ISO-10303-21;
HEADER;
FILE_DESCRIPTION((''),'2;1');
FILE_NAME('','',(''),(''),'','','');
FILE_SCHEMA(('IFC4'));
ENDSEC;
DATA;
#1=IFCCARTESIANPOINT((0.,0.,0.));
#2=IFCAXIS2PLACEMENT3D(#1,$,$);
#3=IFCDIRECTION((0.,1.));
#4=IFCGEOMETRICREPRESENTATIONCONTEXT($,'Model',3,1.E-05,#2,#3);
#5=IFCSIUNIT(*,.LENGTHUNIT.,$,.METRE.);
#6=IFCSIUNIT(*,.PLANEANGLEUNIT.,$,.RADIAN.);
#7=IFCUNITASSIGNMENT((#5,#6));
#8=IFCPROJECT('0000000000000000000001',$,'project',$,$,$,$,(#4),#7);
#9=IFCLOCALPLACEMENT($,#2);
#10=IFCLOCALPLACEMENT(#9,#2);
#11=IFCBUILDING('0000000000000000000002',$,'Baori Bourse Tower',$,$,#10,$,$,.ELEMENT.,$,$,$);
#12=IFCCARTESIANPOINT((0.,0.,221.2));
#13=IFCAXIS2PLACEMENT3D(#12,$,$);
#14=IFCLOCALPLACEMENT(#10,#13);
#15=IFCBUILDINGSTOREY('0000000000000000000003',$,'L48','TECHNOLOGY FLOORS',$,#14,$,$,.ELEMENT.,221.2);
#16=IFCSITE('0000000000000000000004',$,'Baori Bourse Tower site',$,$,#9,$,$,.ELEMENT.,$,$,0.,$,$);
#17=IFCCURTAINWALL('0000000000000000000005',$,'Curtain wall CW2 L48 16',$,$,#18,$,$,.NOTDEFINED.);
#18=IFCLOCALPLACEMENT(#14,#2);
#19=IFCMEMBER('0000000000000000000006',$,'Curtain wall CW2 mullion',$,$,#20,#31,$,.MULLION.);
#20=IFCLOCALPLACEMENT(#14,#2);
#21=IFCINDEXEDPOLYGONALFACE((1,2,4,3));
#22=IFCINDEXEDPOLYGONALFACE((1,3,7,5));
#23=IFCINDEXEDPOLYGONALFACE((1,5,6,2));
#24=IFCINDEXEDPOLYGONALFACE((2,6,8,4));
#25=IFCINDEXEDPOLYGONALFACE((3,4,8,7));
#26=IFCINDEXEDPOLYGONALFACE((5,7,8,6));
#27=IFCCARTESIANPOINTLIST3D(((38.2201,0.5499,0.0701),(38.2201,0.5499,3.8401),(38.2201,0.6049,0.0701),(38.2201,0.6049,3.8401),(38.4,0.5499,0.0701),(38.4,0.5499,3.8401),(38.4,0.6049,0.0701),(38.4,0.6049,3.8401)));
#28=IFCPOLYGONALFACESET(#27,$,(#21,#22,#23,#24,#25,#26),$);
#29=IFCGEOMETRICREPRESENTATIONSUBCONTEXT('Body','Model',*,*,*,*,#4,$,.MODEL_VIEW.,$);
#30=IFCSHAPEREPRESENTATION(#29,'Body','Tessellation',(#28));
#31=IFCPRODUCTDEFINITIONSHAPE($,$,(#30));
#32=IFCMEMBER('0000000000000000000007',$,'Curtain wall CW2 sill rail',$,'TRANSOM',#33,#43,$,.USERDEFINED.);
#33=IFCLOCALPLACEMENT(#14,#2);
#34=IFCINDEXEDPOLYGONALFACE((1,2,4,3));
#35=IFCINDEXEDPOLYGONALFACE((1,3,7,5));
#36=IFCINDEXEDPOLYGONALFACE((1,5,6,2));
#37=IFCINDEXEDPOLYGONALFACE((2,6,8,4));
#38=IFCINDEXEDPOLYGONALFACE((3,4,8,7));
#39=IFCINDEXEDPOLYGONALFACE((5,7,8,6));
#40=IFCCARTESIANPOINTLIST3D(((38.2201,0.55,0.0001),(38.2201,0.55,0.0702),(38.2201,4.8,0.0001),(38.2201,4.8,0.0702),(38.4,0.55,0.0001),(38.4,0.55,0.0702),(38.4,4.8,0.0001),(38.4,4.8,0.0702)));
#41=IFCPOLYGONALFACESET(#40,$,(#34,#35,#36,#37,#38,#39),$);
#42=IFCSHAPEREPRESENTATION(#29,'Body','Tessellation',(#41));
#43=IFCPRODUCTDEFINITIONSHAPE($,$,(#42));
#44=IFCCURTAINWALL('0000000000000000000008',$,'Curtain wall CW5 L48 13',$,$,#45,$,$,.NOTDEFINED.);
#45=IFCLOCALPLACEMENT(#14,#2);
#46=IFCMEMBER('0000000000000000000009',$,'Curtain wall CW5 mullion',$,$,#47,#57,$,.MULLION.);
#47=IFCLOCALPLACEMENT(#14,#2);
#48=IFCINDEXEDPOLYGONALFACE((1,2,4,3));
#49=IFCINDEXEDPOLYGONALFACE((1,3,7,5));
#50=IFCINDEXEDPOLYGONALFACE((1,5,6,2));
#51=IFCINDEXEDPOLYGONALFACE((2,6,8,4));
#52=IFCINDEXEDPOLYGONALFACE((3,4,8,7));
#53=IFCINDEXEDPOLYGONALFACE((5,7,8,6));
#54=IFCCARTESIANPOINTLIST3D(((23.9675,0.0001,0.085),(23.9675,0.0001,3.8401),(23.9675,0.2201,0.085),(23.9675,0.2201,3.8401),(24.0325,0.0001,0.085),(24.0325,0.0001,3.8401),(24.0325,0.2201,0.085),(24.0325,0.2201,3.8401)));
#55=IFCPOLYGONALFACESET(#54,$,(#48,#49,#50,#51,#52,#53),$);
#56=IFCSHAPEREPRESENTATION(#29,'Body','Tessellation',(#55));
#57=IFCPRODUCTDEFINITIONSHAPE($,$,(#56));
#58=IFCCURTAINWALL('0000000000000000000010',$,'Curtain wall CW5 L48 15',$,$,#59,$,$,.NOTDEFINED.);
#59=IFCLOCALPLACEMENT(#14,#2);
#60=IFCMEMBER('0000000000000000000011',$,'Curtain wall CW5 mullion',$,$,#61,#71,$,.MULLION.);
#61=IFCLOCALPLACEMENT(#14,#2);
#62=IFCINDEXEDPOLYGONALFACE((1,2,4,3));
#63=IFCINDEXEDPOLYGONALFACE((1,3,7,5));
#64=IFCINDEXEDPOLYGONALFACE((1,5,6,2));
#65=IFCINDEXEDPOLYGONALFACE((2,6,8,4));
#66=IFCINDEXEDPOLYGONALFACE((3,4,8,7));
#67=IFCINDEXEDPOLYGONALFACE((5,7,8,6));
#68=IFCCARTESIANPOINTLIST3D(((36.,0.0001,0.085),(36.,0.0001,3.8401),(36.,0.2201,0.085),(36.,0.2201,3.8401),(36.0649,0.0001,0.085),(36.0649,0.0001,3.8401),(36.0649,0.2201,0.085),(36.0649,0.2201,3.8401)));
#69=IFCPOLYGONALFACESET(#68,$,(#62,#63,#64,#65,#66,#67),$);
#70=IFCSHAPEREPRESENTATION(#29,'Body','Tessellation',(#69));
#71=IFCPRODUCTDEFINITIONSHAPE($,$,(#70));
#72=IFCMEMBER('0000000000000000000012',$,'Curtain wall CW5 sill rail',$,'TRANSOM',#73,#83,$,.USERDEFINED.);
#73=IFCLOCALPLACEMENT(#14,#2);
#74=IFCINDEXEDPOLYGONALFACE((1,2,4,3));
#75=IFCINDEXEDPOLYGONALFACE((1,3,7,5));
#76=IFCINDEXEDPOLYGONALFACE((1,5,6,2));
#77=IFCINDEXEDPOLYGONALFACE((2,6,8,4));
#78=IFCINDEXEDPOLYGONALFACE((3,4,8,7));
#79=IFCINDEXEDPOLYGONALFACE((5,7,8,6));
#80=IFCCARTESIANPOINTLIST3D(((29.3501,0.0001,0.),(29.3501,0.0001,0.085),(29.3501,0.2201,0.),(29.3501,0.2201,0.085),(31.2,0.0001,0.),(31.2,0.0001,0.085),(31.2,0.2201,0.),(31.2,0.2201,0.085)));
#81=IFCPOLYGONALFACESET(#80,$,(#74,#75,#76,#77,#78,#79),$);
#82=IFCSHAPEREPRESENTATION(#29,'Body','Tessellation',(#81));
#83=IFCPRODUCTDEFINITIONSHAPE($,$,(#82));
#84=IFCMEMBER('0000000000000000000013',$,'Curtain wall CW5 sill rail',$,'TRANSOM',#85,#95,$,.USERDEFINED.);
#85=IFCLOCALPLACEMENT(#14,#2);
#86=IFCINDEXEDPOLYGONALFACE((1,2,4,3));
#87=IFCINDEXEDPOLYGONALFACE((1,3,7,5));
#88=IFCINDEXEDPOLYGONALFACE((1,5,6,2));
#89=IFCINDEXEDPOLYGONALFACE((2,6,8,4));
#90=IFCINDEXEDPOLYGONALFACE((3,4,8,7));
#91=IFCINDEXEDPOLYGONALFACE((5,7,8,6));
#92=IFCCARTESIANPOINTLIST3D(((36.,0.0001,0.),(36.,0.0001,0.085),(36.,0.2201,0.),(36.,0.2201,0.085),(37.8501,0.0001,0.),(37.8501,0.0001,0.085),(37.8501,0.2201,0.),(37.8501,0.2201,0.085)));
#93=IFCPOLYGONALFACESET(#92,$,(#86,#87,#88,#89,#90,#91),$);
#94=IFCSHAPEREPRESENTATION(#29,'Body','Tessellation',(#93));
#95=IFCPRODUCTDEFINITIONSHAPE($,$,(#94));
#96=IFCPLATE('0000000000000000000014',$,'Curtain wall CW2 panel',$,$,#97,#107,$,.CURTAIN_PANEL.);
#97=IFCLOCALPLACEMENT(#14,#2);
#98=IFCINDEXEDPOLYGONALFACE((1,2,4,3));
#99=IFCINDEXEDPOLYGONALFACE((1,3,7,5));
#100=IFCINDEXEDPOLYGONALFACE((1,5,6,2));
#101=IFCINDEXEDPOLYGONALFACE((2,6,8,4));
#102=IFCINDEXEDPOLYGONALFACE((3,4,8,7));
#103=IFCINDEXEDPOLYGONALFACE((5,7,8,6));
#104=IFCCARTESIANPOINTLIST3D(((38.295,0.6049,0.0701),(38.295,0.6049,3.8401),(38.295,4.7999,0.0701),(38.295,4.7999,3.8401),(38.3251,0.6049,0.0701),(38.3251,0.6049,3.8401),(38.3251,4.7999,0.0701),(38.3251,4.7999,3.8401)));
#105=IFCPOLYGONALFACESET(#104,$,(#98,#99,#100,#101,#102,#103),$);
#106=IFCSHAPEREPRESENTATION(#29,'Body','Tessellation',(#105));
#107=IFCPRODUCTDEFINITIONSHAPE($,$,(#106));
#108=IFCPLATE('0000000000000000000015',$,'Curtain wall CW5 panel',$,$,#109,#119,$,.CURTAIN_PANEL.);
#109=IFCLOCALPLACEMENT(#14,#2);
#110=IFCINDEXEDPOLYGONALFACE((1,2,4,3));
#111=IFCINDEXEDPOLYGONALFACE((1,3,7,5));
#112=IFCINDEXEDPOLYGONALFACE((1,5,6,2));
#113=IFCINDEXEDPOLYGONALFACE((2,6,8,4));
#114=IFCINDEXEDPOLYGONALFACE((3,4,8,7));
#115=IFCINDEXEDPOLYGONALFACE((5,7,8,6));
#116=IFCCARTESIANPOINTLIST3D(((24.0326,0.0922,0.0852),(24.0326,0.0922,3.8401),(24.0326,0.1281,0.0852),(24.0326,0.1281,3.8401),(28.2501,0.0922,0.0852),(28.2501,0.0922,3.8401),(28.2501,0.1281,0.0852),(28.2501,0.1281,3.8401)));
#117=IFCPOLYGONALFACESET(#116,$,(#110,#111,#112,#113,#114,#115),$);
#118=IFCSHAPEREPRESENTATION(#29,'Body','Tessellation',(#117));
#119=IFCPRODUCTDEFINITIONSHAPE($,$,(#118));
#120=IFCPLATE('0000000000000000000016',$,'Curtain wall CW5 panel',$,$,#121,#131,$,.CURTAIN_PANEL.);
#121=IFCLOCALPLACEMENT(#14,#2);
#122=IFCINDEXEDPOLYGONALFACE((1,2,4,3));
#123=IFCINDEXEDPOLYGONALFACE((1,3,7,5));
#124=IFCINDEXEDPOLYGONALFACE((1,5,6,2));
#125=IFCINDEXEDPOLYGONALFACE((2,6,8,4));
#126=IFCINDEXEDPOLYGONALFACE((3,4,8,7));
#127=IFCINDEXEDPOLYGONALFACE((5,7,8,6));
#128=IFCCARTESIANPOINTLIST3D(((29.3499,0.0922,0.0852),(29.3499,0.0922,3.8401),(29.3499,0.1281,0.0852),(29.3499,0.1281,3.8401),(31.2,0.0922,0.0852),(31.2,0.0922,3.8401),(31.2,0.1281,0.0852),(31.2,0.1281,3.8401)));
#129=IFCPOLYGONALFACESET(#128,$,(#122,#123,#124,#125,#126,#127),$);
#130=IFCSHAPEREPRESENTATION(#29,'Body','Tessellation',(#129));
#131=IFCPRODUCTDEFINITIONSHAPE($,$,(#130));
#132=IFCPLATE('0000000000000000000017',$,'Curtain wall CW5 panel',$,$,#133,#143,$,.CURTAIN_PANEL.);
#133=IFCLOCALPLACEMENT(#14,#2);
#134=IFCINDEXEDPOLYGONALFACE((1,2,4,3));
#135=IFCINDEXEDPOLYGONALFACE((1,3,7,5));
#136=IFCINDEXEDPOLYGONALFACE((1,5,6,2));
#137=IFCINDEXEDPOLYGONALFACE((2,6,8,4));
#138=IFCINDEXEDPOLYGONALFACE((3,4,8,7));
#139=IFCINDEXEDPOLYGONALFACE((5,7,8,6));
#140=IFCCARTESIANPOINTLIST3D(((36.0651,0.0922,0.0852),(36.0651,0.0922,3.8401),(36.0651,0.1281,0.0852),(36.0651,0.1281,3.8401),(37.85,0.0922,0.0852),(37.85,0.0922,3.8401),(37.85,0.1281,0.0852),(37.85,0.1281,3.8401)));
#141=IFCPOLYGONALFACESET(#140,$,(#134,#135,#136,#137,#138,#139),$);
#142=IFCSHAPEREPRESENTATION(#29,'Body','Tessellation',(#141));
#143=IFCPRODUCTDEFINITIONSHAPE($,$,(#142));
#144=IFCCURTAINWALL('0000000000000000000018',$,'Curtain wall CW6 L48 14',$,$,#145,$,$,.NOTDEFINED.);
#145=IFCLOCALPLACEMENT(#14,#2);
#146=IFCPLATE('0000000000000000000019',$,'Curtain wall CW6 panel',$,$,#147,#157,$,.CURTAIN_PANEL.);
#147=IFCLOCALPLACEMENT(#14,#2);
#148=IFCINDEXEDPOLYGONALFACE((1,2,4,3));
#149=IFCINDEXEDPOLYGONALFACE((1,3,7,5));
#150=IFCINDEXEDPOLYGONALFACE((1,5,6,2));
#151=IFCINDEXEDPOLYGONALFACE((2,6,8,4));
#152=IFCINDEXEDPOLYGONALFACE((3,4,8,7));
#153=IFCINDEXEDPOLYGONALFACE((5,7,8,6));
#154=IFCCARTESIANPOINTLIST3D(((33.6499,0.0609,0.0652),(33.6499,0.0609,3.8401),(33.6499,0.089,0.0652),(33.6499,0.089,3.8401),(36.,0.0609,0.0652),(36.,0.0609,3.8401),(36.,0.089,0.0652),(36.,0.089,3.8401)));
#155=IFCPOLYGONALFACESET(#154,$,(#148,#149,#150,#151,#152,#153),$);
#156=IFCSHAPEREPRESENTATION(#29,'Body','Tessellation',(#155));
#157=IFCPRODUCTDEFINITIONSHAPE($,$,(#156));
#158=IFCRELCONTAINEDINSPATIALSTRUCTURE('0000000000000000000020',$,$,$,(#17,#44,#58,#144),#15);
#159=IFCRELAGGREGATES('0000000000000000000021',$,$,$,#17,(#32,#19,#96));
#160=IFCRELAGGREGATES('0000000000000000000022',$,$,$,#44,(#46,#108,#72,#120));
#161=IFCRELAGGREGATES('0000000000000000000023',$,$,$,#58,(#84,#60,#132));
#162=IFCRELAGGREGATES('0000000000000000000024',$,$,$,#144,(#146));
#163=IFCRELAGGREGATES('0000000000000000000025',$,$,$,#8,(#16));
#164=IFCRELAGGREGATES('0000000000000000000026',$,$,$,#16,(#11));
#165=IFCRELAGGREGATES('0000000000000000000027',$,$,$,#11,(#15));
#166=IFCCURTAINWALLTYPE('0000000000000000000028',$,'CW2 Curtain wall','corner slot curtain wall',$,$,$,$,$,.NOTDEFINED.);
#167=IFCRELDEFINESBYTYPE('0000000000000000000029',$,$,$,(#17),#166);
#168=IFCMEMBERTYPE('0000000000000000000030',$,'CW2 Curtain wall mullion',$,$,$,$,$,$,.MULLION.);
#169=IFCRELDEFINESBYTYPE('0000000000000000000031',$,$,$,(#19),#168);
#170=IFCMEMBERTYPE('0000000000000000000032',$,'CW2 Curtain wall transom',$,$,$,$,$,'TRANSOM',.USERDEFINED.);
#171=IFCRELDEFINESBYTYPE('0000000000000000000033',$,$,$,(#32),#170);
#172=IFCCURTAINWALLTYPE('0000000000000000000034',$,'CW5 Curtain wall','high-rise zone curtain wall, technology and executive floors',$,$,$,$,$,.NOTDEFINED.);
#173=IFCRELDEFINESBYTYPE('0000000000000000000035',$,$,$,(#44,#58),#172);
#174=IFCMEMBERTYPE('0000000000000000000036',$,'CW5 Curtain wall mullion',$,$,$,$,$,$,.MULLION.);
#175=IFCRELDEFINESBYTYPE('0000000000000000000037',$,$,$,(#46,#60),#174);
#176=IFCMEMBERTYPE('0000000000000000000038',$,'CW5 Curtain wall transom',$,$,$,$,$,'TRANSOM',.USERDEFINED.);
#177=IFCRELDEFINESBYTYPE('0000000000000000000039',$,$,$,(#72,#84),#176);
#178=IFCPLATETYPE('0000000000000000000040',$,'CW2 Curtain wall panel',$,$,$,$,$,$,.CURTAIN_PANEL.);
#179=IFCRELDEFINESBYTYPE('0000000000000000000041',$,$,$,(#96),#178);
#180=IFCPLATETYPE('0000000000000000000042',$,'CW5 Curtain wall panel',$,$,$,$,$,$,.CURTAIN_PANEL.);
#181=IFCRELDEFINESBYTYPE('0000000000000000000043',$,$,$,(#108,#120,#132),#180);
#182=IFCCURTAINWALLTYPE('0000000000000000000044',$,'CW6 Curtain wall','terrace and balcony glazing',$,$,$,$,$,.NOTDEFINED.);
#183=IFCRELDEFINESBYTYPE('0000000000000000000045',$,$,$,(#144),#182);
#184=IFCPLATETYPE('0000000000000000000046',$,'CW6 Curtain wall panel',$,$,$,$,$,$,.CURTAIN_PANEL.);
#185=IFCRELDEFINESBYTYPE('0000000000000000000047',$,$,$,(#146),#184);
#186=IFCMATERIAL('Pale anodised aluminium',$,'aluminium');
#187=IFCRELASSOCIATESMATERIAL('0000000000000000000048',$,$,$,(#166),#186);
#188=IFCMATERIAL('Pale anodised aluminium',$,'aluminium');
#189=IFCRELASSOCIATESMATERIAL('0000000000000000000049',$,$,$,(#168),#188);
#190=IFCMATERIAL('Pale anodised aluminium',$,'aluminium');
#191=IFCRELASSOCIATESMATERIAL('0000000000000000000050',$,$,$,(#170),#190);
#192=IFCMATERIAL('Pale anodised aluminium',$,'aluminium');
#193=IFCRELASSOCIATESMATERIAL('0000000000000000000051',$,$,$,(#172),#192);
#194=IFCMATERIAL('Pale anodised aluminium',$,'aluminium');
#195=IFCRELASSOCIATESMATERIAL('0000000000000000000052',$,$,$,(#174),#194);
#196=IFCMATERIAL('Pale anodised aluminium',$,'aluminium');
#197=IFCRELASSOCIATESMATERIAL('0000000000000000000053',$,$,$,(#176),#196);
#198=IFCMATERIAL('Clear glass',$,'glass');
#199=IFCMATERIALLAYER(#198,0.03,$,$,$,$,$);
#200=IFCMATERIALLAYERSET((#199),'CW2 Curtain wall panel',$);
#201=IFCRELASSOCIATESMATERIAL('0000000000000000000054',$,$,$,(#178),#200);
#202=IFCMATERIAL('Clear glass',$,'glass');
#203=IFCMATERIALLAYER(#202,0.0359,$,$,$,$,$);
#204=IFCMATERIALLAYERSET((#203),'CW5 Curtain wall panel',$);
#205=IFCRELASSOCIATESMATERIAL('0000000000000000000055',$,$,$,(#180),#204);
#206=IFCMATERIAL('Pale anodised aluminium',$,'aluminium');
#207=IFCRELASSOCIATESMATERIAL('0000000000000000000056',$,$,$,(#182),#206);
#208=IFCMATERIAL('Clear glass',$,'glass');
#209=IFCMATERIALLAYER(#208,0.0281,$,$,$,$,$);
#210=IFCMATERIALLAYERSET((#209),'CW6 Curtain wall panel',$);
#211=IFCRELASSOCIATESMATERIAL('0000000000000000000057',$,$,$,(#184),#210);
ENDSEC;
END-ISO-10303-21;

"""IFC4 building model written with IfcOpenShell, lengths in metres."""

from ifc_helpers import new_model, si_unit, direction, frame, origin, origin_2d, place, context, subcontext, project, spatial, rectangle, extrude, material, layer, layer_set, material_profile, profile_set, type_object, element, aggregate, save


model = new_model("IFC4")

# Units and contexts
model_context = context("Model", 3, precision=1e-05, world=origin(), true_north=direction((0.0, 1.0)))
body_context = subcontext(model_context, "Body", "Model", "MODEL_VIEW")
ifc_project = project(units=[si_unit("LENGTHUNIT", "METRE"), si_unit("PLANEANGLEUNIT", "RADIAN")], contexts=[model_context])

# Site, building, storey
site_placement = place(None, origin())
site = spatial("IfcSite", under=ifc_project, at=site_placement, Name="Baori Bourse Tower site", CompositionType="ELEMENT", RefElevation=0.0)
building_placement = place(site_placement, origin())
building = spatial("IfcBuilding", under=site, at=building_placement, Name="Baori Bourse Tower", CompositionType="ELEMENT")
storey_placement = place(building_placement, frame((0.0, 0.0, 221.2)))
storey = spatial("IfcBuildingStorey", under=building, at=storey_placement, Name="L48", Description="TECHNOLOGY FLOORS", CompositionType="ELEMENT", Elevation=221.2)

# Curtain wall, members
ifc_material_1 = material(Name="Pale anodised aluminium", Category="aluminium")
curtain_wall_type_1 = type_object("IfcCurtainWallType", Name="CW2 Curtain wall", Description="corner slot curtain wall", PredefinedType="NOTDEFINED", material=ifc_material_1)
curtain_wall_1_placement = place(storey_placement, origin())
curtain_wall_1 = element("IfcCurtainWall", 1, at=curtain_wall_1_placement, inside=storey, type_object=curtain_wall_type_1, Name="Curtain wall CW2 L48 16", PredefinedType="NOTDEFINED")
ifc_material_2 = material(Name="Pale anodised aluminium", Category="aluminium")
ifc_material_profile_1 = material_profile(ifc_material_2, rectangle(XDim=0.1799, YDim=0.0549, at=origin_2d()), Name="Mullion 55x180")
ifc_profile_set_1 = profile_set([ifc_material_profile_1], Name="Pale anodised aluminium")
member_type_1 = type_object("IfcMemberType", Name="CW2 Curtain wall mullion", PredefinedType="MULLION", material=ifc_profile_set_1)
member_1_placement = place(storey_placement, frame((38.3101, 0.5774, 0.0701), z_axis=(0.0, 0.0, 1.0), x_axis=(-1.0, 0.0, 0.0)))
member_1 = element("IfcMember", 2, at=member_1_placement, type_object=member_type_1, Name="Curtain wall CW2 mullion", PredefinedType="MULLION", context=body_context, shape_type="SweptSolid", body=[
    extrude(rectangle(XDim=0.1799, YDim=0.0549, at=origin_2d()), origin(), (0.0, 0.0, 1.0), 3.77),
])
ifc_material_3 = material(Name="Pale anodised aluminium", Category="aluminium")
ifc_material_profile_2 = material_profile(ifc_material_3, rectangle(XDim=0.1799, YDim=0.0701, at=origin_2d()), Name="Transom 70x180")
ifc_profile_set_2 = profile_set([ifc_material_profile_2], Name="Pale anodised aluminium")
member_type_2 = type_object("IfcMemberType", Name="CW2 Curtain wall transom", ElementType="TRANSOM", PredefinedType="USERDEFINED", material=ifc_profile_set_2)
member_2_placement = place(storey_placement, frame((38.3101, 0.55, 0.0352), z_axis=(0.0, 1.0, 0.0), x_axis=(-1.0, 0.0, 0.0)))
member_2 = element("IfcMember", 3, at=member_2_placement, type_object=member_type_2, Name="Curtain wall CW2 sill rail", ObjectType="TRANSOM", PredefinedType="USERDEFINED", context=body_context, shape_type="SweptSolid", body=[
    extrude(rectangle(XDim=0.1799, YDim=0.0701, at=origin_2d()), origin(), (0.0, 0.0, 1.0), 4.25),
])

# Curtain walls, members
ifc_material_4 = material(Name="Pale anodised aluminium", Category="aluminium")
curtain_wall_type_2 = type_object("IfcCurtainWallType", Name="CW5 Curtain wall", Description="high-rise zone curtain wall, technology and executive floors", PredefinedType="NOTDEFINED", material=ifc_material_4)
curtain_wall_2_placement = place(storey_placement, origin())
curtain_wall_2 = element("IfcCurtainWall", 4, at=curtain_wall_2_placement, inside=storey, type_object=curtain_wall_type_2, Name="Curtain wall CW5 L48 13", PredefinedType="NOTDEFINED")
ifc_material_5 = material(Name="Pale anodised aluminium", Category="aluminium")
ifc_material_profile_3 = material_profile(ifc_material_5, rectangle(XDim=0.22, YDim=0.0649, at=origin_2d()), Name="Mullion 65x220")
ifc_profile_set_3 = profile_set([ifc_material_profile_3], Name="Pale anodised aluminium")
member_type_3 = type_object("IfcMemberType", Name="CW5 Curtain wall mullion", PredefinedType="MULLION", material=ifc_profile_set_3)
member_3_placement = place(storey_placement, frame((24.0, 0.1101, 0.085), z_axis=(0.0, 0.0, 1.0), x_axis=(0.0, 1.0, 0.0)))
member_3 = element("IfcMember", 5, at=member_3_placement, type_object=member_type_3, Name="Curtain wall CW5 mullion", PredefinedType="MULLION", context=body_context, shape_type="SweptSolid", body=[
    extrude(rectangle(XDim=0.22, YDim=0.0649, at=origin_2d()), origin(), (0.0, 0.0, 1.0), 3.7551),
])
curtain_wall_3_placement = place(storey_placement, origin())
curtain_wall_3 = element("IfcCurtainWall", 6, at=curtain_wall_3_placement, inside=storey, type_object=curtain_wall_type_2, Name="Curtain wall CW5 L48 15", PredefinedType="NOTDEFINED")
member_4_placement = place(storey_placement, frame((36.0325, 0.1101, 0.085), z_axis=(0.0, 0.0, 1.0), x_axis=(0.0, 1.0, 0.0)))
member_4 = element("IfcMember", 7, at=member_4_placement, type_object=member_type_3, Name="Curtain wall CW5 mullion", PredefinedType="MULLION", context=body_context, shape_type="SweptSolid", body=[
    extrude(rectangle(XDim=0.22, YDim=0.0649, at=origin_2d()), origin(), (0.0, 0.0, 1.0), 3.7551),
])

# Members
ifc_material_6 = material(Name="Pale anodised aluminium", Category="aluminium")
ifc_material_profile_4 = material_profile(ifc_material_6, rectangle(XDim=0.22, YDim=0.085, at=origin_2d()), Name="Transom 85x220")
ifc_profile_set_4 = profile_set([ifc_material_profile_4], Name="Pale anodised aluminium")
member_type_4 = type_object("IfcMemberType", Name="CW5 Curtain wall transom", ElementType="TRANSOM", PredefinedType="USERDEFINED", material=ifc_profile_set_4)
member_5_placement = place(storey_placement, frame((29.3501, 0.1101, 0.0425), z_axis=(1.0, 0.0, 0.0), x_axis=(0.0, 1.0, 0.0)))
member_5 = element("IfcMember", 8, at=member_5_placement, type_object=member_type_4, Name="Curtain wall CW5 sill rail", ObjectType="TRANSOM", PredefinedType="USERDEFINED", context=body_context, shape_type="SweptSolid", body=[
    extrude(rectangle(XDim=0.22, YDim=0.085, at=origin_2d()), origin(), (0.0, 0.0, 1.0), 1.8499),
])
member_6_placement = place(storey_placement, frame((36.0, 0.1101, 0.0425), z_axis=(1.0, 0.0, 0.0), x_axis=(0.0, 1.0, 0.0)))
member_6 = element("IfcMember", 9, at=member_6_placement, type_object=member_type_4, Name="Curtain wall CW5 sill rail", ObjectType="TRANSOM", PredefinedType="USERDEFINED", context=body_context, shape_type="SweptSolid", body=[
    extrude(rectangle(XDim=0.22, YDim=0.085, at=origin_2d()), origin(), (0.0, 0.0, 1.0), 1.8501),
])

# Plates
ifc_material_7 = material(Name="Clear glass", Category="glass")
ifc_layer_1 = layer(ifc_material_7, 0.03)
ifc_layer_set_1 = layer_set([ifc_layer_1], Name="CW2 Curtain wall panel")
plate_type_1 = type_object("IfcPlateType", Name="CW2 Curtain wall panel", PredefinedType="CURTAIN_PANEL", material=ifc_layer_set_1)
plate_1_placement = place(storey_placement, frame((38.3101, 2.7024, 0.0701), z_axis=(0.0, 0.0, 1.0), x_axis=(0.0, 1.0, 0.0)))
plate_1 = element("IfcPlate", 10, at=plate_1_placement, type_object=plate_type_1, Name="Curtain wall CW2 panel", PredefinedType="CURTAIN_PANEL", context=body_context, shape_type="SweptSolid", body=[
    extrude(rectangle(XDim=4.1951, YDim=0.03, at=origin_2d()), origin(), (0.0, 0.0, 1.0), 3.77),
])
aggregate(curtain_wall_1, [member_2, member_1, plate_1])
ifc_material_8 = material(Name="Clear glass", Category="glass")
ifc_layer_2 = layer(ifc_material_8, 0.0359)
ifc_layer_set_2 = layer_set([ifc_layer_2], Name="CW5 Curtain wall panel")
plate_type_2 = type_object("IfcPlateType", Name="CW5 Curtain wall panel", PredefinedType="CURTAIN_PANEL", material=ifc_layer_set_2)
plate_2_placement = place(storey_placement, frame((26.1414, 0.1101, 0.0852), z_axis=(0.0, 0.0, 1.0), x_axis=(1.0, 0.0, 0.0)))
plate_2 = element("IfcPlate", 11, at=plate_2_placement, type_object=plate_type_2, Name="Curtain wall CW5 panel", PredefinedType="CURTAIN_PANEL", context=body_context, shape_type="SweptSolid", body=[
    extrude(rectangle(XDim=4.2175, YDim=0.0359, at=origin_2d()), origin(), (0.0, 0.0, 1.0), 3.7549),
])
plate_3_placement = place(storey_placement, frame((30.2749, 0.1101, 0.0852), z_axis=(0.0, 0.0, 1.0), x_axis=(1.0, 0.0, 0.0)))
plate_3 = element("IfcPlate", 12, at=plate_3_placement, type_object=plate_type_2, Name="Curtain wall CW5 panel", PredefinedType="CURTAIN_PANEL", context=body_context, shape_type="SweptSolid", body=[
    extrude(rectangle(XDim=1.8501, YDim=0.0359, at=origin_2d()), origin(), (0.0, 0.0, 1.0), 3.7549),
])
aggregate(curtain_wall_2, [member_3, plate_2, member_5, plate_3])
plate_4_placement = place(storey_placement, frame((36.9575, 0.1101, 0.0852), z_axis=(0.0, 0.0, 1.0), x_axis=(1.0, 0.0, 0.0)))
plate_4 = element("IfcPlate", 13, at=plate_4_placement, type_object=plate_type_2, Name="Curtain wall CW5 panel", PredefinedType="CURTAIN_PANEL", context=body_context, shape_type="SweptSolid", body=[
    extrude(rectangle(XDim=1.7849, YDim=0.0359, at=origin_2d()), origin(), (0.0, 0.0, 1.0), 3.7549),
])
aggregate(curtain_wall_3, [member_6, member_4, plate_4])

# Curtain wall, plate
ifc_material_9 = material(Name="Pale anodised aluminium", Category="aluminium")
curtain_wall_type_3 = type_object("IfcCurtainWallType", Name="CW6 Curtain wall", Description="terrace and balcony glazing", PredefinedType="NOTDEFINED", material=ifc_material_9)
curtain_wall_4_placement = place(storey_placement, origin())
curtain_wall_4 = element("IfcCurtainWall", 14, at=curtain_wall_4_placement, inside=storey, type_object=curtain_wall_type_3, Name="Curtain wall CW6 L48 14", PredefinedType="NOTDEFINED")
ifc_material_10 = material(Name="Clear glass", Category="glass")
ifc_layer_3 = layer(ifc_material_10, 0.0281)
ifc_layer_set_3 = layer_set([ifc_layer_3], Name="CW6 Curtain wall panel")
plate_type_3 = type_object("IfcPlateType", Name="CW6 Curtain wall panel", PredefinedType="CURTAIN_PANEL", material=ifc_layer_set_3)
plate_5_placement = place(storey_placement, frame((34.825, 0.075, 0.0652), z_axis=(0.0, 0.0, 1.0), x_axis=(1.0, 0.0, 0.0)))
plate_5 = element("IfcPlate", 15, at=plate_5_placement, type_object=plate_type_3, Name="Curtain wall CW6 panel", PredefinedType="CURTAIN_PANEL", context=body_context, shape_type="SweptSolid", body=[
    extrude(rectangle(XDim=2.3501, YDim=0.0281, at=origin_2d()), origin(), (0.0, 0.0, 1.0), 3.7749),
])
aggregate(curtain_wall_4, [plate_5])

save(model, "model.ifc")
